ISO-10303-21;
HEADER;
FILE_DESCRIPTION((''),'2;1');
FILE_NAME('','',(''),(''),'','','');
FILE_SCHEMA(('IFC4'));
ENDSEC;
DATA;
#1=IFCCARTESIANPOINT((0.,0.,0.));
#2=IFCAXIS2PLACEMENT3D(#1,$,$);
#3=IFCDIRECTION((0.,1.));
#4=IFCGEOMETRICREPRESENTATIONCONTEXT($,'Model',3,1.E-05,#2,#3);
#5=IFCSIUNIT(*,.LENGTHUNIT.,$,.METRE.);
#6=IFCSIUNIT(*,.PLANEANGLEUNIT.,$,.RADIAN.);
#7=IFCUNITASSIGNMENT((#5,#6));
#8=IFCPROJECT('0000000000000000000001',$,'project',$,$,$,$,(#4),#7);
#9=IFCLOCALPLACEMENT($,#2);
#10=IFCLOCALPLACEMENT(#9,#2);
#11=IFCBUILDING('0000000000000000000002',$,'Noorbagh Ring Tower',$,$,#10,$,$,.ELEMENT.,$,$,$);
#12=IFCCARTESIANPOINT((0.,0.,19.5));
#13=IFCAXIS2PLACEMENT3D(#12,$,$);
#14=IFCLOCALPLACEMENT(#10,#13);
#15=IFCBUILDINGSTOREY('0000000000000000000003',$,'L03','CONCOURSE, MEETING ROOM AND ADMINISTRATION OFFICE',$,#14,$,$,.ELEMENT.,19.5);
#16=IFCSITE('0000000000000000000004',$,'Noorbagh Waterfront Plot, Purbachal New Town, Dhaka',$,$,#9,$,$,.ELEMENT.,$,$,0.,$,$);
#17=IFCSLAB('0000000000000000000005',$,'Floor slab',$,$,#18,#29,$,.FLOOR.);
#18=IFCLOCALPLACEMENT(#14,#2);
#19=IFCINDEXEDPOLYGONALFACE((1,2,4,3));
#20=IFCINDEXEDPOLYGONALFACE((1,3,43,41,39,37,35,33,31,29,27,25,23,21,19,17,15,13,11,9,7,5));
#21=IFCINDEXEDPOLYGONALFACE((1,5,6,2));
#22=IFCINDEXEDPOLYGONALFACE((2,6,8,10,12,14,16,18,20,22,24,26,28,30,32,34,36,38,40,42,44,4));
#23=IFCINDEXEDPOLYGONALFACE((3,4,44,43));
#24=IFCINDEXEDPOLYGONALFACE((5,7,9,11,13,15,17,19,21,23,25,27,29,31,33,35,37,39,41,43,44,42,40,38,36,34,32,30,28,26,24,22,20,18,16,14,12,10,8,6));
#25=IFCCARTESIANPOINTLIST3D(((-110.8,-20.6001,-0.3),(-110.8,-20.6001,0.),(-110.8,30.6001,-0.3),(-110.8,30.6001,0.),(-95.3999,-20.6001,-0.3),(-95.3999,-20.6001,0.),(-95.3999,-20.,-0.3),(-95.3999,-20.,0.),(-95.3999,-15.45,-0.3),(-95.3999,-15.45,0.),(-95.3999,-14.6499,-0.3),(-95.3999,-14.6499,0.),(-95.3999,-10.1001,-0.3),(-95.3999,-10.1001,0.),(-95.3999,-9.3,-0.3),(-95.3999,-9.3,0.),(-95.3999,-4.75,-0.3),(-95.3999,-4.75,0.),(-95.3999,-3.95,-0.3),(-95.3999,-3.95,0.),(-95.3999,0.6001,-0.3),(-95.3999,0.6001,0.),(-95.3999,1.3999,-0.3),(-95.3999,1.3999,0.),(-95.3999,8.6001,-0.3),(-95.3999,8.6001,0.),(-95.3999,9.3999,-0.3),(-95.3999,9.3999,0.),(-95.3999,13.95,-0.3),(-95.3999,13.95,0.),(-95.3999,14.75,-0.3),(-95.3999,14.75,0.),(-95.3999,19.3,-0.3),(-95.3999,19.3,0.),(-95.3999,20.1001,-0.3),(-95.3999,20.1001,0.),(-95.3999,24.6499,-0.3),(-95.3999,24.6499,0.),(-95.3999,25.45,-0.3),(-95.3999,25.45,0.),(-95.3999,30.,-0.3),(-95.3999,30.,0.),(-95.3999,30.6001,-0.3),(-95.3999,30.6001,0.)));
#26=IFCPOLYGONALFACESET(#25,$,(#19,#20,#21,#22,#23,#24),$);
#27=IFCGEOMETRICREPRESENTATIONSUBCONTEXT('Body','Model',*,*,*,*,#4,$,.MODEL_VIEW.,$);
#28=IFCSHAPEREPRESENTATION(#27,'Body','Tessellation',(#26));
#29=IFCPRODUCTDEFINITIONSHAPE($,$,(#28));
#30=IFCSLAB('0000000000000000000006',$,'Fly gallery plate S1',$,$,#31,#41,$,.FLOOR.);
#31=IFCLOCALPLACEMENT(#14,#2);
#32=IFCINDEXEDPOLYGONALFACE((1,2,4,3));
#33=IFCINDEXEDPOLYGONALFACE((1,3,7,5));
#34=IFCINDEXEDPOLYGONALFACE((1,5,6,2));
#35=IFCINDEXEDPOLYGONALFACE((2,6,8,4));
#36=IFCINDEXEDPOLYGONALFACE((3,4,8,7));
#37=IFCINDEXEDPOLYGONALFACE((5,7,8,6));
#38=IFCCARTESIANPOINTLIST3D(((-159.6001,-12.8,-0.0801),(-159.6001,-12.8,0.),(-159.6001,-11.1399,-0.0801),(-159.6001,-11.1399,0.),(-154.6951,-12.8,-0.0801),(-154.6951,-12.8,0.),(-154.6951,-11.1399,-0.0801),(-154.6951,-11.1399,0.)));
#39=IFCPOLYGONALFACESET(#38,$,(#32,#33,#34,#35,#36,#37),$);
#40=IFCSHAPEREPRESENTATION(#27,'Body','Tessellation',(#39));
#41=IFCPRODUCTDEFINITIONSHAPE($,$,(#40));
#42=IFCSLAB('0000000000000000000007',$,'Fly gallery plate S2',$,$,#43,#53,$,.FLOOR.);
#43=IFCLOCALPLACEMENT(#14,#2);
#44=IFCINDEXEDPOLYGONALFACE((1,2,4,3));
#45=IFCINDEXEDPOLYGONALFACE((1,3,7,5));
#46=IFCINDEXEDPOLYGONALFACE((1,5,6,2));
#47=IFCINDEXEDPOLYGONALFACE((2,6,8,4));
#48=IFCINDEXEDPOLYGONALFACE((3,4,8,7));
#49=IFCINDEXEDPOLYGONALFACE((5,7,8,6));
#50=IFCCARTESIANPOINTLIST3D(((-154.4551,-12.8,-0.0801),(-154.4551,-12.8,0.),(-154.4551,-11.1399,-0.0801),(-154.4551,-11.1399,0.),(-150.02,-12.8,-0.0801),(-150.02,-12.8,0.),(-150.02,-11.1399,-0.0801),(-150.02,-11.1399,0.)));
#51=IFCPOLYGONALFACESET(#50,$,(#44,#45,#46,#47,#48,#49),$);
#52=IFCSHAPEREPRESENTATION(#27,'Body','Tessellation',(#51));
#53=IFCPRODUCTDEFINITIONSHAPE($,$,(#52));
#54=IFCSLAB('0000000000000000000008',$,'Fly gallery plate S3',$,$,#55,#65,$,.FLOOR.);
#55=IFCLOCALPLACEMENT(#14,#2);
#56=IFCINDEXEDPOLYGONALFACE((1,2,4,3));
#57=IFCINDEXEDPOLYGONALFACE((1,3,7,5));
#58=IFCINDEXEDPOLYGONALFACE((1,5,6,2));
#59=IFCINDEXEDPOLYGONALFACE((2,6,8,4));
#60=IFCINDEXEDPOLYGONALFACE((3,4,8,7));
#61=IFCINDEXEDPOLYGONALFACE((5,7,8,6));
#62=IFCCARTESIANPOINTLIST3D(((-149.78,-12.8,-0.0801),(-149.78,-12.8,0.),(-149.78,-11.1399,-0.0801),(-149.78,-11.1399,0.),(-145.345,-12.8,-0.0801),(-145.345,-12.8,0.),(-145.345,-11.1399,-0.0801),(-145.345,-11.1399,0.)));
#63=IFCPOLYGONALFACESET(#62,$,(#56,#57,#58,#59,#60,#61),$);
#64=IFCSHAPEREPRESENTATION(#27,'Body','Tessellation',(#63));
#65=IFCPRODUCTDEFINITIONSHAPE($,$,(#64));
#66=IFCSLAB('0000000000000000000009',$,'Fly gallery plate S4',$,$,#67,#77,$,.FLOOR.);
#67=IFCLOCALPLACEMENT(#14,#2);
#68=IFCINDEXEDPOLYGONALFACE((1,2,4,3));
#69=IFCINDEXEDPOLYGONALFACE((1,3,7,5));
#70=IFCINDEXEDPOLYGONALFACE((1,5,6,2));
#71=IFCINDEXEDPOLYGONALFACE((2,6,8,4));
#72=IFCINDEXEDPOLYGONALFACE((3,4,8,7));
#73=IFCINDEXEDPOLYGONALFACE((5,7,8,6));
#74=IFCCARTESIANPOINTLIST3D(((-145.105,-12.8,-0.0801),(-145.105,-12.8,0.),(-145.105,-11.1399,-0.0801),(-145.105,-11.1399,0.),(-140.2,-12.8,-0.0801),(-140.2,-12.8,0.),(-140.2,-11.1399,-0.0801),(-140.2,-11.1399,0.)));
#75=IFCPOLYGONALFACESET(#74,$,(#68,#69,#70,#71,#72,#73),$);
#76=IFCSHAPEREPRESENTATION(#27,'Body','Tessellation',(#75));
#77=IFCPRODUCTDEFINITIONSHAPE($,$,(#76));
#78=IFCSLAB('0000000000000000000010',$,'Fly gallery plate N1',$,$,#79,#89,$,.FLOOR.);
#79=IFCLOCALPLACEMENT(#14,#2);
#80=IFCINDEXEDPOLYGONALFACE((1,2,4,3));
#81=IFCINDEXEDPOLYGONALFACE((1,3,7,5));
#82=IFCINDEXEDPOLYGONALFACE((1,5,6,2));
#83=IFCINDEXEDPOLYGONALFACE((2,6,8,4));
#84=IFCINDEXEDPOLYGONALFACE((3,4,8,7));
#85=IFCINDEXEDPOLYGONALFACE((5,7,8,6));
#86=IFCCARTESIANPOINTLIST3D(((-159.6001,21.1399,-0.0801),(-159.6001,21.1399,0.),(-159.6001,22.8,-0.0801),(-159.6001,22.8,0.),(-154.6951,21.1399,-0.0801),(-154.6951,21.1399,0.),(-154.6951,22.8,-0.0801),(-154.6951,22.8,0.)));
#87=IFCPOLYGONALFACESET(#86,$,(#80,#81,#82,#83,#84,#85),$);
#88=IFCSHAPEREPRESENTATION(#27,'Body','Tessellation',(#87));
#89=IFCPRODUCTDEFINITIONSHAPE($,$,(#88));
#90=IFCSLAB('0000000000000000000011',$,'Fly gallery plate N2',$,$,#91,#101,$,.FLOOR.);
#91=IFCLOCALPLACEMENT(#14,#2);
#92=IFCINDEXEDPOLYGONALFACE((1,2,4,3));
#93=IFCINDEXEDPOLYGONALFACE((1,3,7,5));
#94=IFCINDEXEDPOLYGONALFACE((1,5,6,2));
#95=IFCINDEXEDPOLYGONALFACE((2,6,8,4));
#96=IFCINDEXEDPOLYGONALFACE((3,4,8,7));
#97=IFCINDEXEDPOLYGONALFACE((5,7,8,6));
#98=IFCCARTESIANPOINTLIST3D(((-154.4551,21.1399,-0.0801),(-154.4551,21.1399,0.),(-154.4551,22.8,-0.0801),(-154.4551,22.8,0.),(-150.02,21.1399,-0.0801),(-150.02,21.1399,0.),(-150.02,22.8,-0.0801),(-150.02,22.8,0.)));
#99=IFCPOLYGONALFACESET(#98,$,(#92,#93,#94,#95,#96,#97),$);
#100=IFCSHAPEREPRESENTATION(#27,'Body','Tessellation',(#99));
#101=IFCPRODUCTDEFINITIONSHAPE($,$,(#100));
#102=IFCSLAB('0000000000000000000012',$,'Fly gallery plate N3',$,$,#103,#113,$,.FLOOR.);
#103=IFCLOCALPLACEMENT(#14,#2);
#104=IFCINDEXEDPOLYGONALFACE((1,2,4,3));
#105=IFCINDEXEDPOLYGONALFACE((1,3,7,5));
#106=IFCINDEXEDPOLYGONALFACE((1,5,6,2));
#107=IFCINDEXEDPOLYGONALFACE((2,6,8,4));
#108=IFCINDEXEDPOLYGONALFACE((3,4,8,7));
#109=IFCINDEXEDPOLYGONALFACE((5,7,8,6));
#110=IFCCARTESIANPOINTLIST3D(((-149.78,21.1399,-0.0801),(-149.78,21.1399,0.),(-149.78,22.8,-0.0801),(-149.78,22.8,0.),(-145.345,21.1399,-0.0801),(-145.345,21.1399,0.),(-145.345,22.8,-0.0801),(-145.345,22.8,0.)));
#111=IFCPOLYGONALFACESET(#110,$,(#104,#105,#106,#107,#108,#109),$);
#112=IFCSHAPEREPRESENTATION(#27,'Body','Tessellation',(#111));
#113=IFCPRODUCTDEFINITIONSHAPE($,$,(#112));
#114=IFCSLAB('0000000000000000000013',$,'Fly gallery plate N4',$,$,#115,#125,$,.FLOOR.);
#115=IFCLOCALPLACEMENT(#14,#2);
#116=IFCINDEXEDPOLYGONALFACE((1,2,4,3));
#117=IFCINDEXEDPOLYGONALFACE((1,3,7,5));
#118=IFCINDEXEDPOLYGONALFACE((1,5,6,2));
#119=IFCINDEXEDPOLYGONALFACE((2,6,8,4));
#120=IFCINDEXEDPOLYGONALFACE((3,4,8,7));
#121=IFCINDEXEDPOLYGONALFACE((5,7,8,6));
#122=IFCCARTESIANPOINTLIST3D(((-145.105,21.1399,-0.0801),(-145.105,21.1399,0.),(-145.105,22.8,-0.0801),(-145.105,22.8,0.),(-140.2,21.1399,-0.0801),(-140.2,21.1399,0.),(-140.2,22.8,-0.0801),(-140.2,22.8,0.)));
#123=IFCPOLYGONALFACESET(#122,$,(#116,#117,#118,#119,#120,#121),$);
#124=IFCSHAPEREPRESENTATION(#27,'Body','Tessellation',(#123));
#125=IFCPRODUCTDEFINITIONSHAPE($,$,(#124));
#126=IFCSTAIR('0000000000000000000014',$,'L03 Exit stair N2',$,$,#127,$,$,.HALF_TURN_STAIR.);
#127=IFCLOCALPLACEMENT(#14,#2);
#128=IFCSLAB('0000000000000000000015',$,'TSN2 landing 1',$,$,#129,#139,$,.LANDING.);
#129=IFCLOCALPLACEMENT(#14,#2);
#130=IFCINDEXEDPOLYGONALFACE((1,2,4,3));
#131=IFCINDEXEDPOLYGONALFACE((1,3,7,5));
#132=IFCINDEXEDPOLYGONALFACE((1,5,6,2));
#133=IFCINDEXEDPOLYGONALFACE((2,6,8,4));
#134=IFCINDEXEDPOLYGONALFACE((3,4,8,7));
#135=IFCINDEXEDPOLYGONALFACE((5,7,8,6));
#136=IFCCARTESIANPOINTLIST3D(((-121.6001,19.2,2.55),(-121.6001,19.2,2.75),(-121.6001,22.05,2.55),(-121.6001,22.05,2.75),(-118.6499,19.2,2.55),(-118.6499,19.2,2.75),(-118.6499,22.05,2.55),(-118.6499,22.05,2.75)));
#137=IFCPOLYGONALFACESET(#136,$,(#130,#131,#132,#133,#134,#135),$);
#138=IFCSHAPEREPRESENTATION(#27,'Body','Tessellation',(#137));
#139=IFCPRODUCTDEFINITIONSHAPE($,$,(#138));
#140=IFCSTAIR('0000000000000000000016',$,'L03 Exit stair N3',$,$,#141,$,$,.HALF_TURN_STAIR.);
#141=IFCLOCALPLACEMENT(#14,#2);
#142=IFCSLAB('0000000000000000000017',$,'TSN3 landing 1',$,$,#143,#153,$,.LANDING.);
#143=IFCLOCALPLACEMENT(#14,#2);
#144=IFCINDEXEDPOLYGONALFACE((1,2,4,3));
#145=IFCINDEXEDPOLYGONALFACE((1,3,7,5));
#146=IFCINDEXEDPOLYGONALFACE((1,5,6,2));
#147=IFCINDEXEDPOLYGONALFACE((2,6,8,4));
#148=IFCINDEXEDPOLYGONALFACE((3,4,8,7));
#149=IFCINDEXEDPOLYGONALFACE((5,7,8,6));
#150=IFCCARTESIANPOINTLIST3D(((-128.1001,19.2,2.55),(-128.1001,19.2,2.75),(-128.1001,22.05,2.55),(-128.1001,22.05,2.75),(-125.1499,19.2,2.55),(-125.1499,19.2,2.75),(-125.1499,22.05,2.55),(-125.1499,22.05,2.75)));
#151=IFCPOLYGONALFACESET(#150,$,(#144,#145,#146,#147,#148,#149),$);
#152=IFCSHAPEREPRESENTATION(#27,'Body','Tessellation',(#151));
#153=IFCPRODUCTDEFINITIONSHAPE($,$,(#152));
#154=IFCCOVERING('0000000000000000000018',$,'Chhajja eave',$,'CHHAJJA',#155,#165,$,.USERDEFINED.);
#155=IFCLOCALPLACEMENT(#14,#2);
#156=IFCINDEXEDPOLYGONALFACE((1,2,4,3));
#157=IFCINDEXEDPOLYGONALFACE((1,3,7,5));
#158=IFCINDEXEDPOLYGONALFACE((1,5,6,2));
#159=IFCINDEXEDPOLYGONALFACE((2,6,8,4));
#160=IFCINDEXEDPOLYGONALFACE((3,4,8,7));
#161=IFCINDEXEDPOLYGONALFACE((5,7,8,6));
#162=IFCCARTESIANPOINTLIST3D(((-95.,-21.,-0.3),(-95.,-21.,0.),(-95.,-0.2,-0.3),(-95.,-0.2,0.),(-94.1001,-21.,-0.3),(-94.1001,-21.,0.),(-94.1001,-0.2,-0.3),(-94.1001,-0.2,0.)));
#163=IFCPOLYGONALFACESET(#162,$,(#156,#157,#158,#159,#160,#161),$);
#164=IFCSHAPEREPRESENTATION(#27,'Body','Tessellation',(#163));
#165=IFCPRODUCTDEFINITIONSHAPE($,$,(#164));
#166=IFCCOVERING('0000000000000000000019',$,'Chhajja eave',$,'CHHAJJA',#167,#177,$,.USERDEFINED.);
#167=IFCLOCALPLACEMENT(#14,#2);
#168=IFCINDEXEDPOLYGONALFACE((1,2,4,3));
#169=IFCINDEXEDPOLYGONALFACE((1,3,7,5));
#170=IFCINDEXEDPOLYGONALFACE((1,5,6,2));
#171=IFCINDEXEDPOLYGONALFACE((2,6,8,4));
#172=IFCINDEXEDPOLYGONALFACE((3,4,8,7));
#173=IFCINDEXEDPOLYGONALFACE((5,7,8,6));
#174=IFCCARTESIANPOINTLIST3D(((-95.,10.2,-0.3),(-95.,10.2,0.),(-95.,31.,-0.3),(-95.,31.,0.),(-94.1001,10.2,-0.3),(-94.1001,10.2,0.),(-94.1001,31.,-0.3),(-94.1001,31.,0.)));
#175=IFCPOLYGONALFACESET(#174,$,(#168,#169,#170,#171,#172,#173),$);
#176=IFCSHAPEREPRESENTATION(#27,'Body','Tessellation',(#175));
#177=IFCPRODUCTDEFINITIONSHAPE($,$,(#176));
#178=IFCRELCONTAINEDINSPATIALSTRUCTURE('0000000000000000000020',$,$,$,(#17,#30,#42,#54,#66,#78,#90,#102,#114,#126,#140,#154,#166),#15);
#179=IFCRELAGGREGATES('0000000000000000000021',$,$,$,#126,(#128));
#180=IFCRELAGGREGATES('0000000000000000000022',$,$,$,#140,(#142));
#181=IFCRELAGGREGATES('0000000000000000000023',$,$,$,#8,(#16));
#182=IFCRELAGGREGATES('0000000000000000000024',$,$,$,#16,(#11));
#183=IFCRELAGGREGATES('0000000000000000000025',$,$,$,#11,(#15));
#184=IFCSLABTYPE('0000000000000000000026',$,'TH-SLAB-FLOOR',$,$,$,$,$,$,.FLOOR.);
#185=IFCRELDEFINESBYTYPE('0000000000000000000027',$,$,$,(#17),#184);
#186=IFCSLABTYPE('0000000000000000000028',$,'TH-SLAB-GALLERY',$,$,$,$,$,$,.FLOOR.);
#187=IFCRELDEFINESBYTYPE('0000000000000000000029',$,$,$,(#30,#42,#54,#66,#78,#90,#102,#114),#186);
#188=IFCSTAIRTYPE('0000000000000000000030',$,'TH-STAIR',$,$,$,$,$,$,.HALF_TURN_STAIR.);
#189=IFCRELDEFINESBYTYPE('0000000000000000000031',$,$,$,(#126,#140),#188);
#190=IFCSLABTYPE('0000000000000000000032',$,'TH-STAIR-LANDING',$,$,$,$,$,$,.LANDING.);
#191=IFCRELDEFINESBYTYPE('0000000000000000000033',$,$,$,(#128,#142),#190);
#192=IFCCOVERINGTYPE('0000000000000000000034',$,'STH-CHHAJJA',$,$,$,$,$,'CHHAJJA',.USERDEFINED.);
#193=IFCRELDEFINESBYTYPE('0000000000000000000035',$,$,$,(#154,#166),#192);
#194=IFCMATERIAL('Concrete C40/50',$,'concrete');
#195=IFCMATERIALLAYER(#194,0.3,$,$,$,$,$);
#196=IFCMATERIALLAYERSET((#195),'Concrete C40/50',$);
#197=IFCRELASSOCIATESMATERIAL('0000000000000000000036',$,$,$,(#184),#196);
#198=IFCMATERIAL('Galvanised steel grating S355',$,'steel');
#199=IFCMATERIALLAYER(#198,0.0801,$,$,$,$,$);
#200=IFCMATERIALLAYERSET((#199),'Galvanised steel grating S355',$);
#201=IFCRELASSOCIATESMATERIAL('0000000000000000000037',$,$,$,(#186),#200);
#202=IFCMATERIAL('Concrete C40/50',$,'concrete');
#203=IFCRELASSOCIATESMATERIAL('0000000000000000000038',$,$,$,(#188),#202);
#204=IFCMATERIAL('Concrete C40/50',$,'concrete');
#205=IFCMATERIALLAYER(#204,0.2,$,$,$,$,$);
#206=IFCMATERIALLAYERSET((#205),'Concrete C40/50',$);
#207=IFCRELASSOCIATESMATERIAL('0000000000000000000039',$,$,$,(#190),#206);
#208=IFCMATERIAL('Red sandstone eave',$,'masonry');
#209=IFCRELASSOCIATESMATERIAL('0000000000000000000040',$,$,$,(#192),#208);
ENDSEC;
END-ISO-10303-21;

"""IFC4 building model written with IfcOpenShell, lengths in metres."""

from ifc_helpers import new_model, si_unit, direction, frame, origin, place, context, subcontext, project, spatial, polyline, outline, extrude, material, layer, layer_set, type_object, element, aggregate, save


model = new_model("IFC4")

# Units and contexts
model_context = context("Model", 3, precision=1e-05, world=origin(), true_north=direction((0.0, 1.0)))
body_context = subcontext(model_context, "Body", "Model", "MODEL_VIEW")
ifc_project = project(units=[si_unit("LENGTHUNIT", "METRE"), si_unit("PLANEANGLEUNIT", "RADIAN")], contexts=[model_context])

# Site, building, storey
site_placement = place(None, origin())
site = spatial("IfcSite", under=ifc_project, at=site_placement, Name="Noorbagh Waterfront Plot, Purbachal New Town, Dhaka", CompositionType="ELEMENT", RefElevation=0.0)
building_placement = place(site_placement, origin())
building = spatial("IfcBuilding", under=site, at=building_placement, Name="Noorbagh Ring Tower", CompositionType="ELEMENT")
storey_placement = place(building_placement, frame((0.0, 0.0, 19.5)))
storey = spatial("IfcBuildingStorey", under=building, at=storey_placement, Name="L03", Description="CONCOURSE, MEETING ROOM AND ADMINISTRATION OFFICE", CompositionType="ELEMENT", Elevation=19.5)

# Slabs
ifc_material_1 = material(Name="Concrete C40/50", Category="concrete")
ifc_layer_1 = layer(ifc_material_1, 0.3)
ifc_layer_set_1 = layer_set([ifc_layer_1], Name="Concrete C40/50")
slab_type_1 = type_object("IfcSlabType", Name="TH-SLAB-FLOOR", PredefinedType="FLOOR", material=ifc_layer_set_1)
slab_1_placement = place(storey_placement, frame((0.0, 0.0, -0.3)))
element("IfcSlab", 1, at=slab_1_placement, inside=storey, type_object=slab_type_1, Name="Floor slab", PredefinedType="FLOOR", context=body_context, shape_type="SweptSolid", body=[
    extrude(outline(polyline([(-95.3999, 19.3), (-95.3999, 20.1001), (-95.3999, 24.6499), (-95.3999, 25.45), (-95.3999, 30.0), (-95.3999, 30.6001), (-110.8, 30.6001), (-110.8, -20.6001), (-95.3999, -20.6001), (-95.3999, -20.0), (-95.3999, -15.45), (-95.3999, -14.6499), (-95.3999, -10.1001), (-95.3999, -9.3), (-95.3999, -4.75), (-95.3999, -3.95), (-95.3999, 0.6001), (-95.3999, 1.3999), (-95.3999, 8.6001), (-95.3999, 9.3999), (-95.3999, 13.95), (-95.3999, 14.75), (-95.3999, 19.3)])), origin(), (0.0, 0.0, 1.0), 0.3),
])
ifc_material_2 = material(Name="Galvanised steel grating S355", Category="steel")
ifc_layer_2 = layer(ifc_material_2, 0.0801)
ifc_layer_set_2 = layer_set([ifc_layer_2], Name="Galvanised steel grating S355")
slab_type_2 = type_object("IfcSlabType", Name="TH-SLAB-GALLERY", PredefinedType="FLOOR", material=ifc_layer_set_2)
slab_2_placement = place(storey_placement, frame((0.0, 0.0, -0.0801)))
element("IfcSlab", 2, at=slab_2_placement, inside=storey, type_object=slab_type_2, Name="Fly gallery plate S1", PredefinedType="FLOOR", context=body_context, shape_type="SweptSolid", body=[
    extrude(outline(polyline([(-159.6001, -12.8), (-154.6951, -12.8), (-154.6951, -11.1399), (-159.6001, -11.1399), (-159.6001, -12.8)])), origin(), (0.0, 0.0, 1.0), 0.0801),
])
slab_3_placement = place(storey_placement, frame((0.0, 0.0, -0.0801)))
element("IfcSlab", 3, at=slab_3_placement, inside=storey, type_object=slab_type_2, Name="Fly gallery plate S2", PredefinedType="FLOOR", context=body_context, shape_type="SweptSolid", body=[
    extrude(outline(polyline([(-154.4551, -12.8), (-150.02, -12.8), (-150.02, -11.1399), (-154.4551, -11.1399), (-154.4551, -12.8)])), origin(), (0.0, 0.0, 1.0), 0.0801),
])
slab_4_placement = place(storey_placement, frame((0.0, 0.0, -0.0801)))
element("IfcSlab", 4, at=slab_4_placement, inside=storey, type_object=slab_type_2, Name="Fly gallery plate S3", PredefinedType="FLOOR", context=body_context, shape_type="SweptSolid", body=[
    extrude(outline(polyline([(-149.78, -12.8), (-145.345, -12.8), (-145.345, -11.1399), (-149.78, -11.1399), (-149.78, -12.8)])), origin(), (0.0, 0.0, 1.0), 0.0801),
])
slab_5_placement = place(storey_placement, frame((0.0, 0.0, -0.0801)))
element("IfcSlab", 5, at=slab_5_placement, inside=storey, type_object=slab_type_2, Name="Fly gallery plate S4", PredefinedType="FLOOR", context=body_context, shape_type="SweptSolid", body=[
    extrude(outline(polyline([(-145.105, -12.8), (-140.2, -12.8), (-140.2, -11.1399), (-145.105, -11.1399), (-145.105, -12.8)])), origin(), (0.0, 0.0, 1.0), 0.0801),
])
slab_6_placement = place(storey_placement, frame((0.0, 0.0, -0.0801)))
element("IfcSlab", 6, at=slab_6_placement, inside=storey, type_object=slab_type_2, Name="Fly gallery plate N1", PredefinedType="FLOOR", context=body_context, shape_type="SweptSolid", body=[
    extrude(outline(polyline([(-159.6001, 21.1399), (-154.6951, 21.1399), (-154.6951, 22.8), (-159.6001, 22.8), (-159.6001, 21.1399)])), origin(), (0.0, 0.0, 1.0), 0.0801),
])
slab_7_placement = place(storey_placement, frame((0.0, 0.0, -0.0801)))
element("IfcSlab", 7, at=slab_7_placement, inside=storey, type_object=slab_type_2, Name="Fly gallery plate N2", PredefinedType="FLOOR", context=body_context, shape_type="SweptSolid", body=[
    extrude(outline(polyline([(-154.4551, 21.1399), (-150.02, 21.1399), (-150.02, 22.8), (-154.4551, 22.8), (-154.4551, 21.1399)])), origin(), (0.0, 0.0, 1.0), 0.0801),
])
slab_8_placement = place(storey_placement, frame((0.0, 0.0, -0.0801)))
element("IfcSlab", 8, at=slab_8_placement, inside=storey, type_object=slab_type_2, Name="Fly gallery plate N3", PredefinedType="FLOOR", context=body_context, shape_type="SweptSolid", body=[
    extrude(outline(polyline([(-149.78, 21.1399), (-145.345, 21.1399), (-145.345, 22.8), (-149.78, 22.8), (-149.78, 21.1399)])), origin(), (0.0, 0.0, 1.0), 0.0801),
])
slab_9_placement = place(storey_placement, frame((0.0, 0.0, -0.0801)))
element("IfcSlab", 9, at=slab_9_placement, inside=storey, type_object=slab_type_2, Name="Fly gallery plate N4", PredefinedType="FLOOR", context=body_context, shape_type="SweptSolid", body=[
    extrude(outline(polyline([(-145.105, 21.1399), (-140.2, 21.1399), (-140.2, 22.8), (-145.105, 22.8), (-145.105, 21.1399)])), origin(), (0.0, 0.0, 1.0), 0.0801),
])

# Stairs, slabs
ifc_material_3 = material(Name="Concrete C40/50", Category="concrete")
stair_type = type_object("IfcStairType", Name="TH-STAIR", PredefinedType="HALF_TURN_STAIR", material=ifc_material_3)
stair_1_placement = place(storey_placement, origin())
stair_1 = element("IfcStair", 10, at=stair_1_placement, inside=storey, type_object=stair_type, Name="L03 Exit stair N2", PredefinedType="HALF_TURN_STAIR")
ifc_material_4 = material(Name="Concrete C40/50", Category="concrete")
ifc_layer_3 = layer(ifc_material_4, 0.2)
ifc_layer_set_3 = layer_set([ifc_layer_3], Name="Concrete C40/50")
slab_type_3 = type_object("IfcSlabType", Name="TH-STAIR-LANDING", PredefinedType="LANDING", material=ifc_layer_set_3)
slab_10_placement = place(storey_placement, frame((0.0, 0.0, 2.55)))
slab_10 = element("IfcSlab", 11, at=slab_10_placement, type_object=slab_type_3, Name="TSN2 landing 1", PredefinedType="LANDING", context=body_context, shape_type="SweptSolid", body=[
    extrude(outline(polyline([(-121.6001, 22.05), (-121.6001, 19.2), (-118.6499, 19.2), (-118.6499, 22.05), (-121.6001, 22.05)])), origin(), (0.0, 0.0, 1.0), 0.2),
])
aggregate(stair_1, [slab_10])
stair_2_placement = place(storey_placement, origin())
stair_2 = element("IfcStair", 12, at=stair_2_placement, inside=storey, type_object=stair_type, Name="L03 Exit stair N3", PredefinedType="HALF_TURN_STAIR")
slab_11_placement = place(storey_placement, frame((0.0, 0.0, 2.55)))
slab_11 = element("IfcSlab", 13, at=slab_11_placement, type_object=slab_type_3, Name="TSN3 landing 1", PredefinedType="LANDING", context=body_context, shape_type="SweptSolid", body=[
    extrude(outline(polyline([(-128.1001, 22.05), (-128.1001, 19.2), (-125.1499, 19.2), (-125.1499, 22.05), (-128.1001, 22.05)])), origin(), (0.0, 0.0, 1.0), 0.2),
])
aggregate(stair_2, [slab_11])

# Coverings
ifc_material_5 = material(Name="Red sandstone eave", Category="masonry")
covering_type = type_object("IfcCoveringType", Name="STH-CHHAJJA", ElementType="CHHAJJA", PredefinedType="USERDEFINED", material=ifc_material_5)
covering_1_placement = place(storey_placement, frame((0.0, 0.0, -0.3)))
element("IfcCovering", 14, at=covering_1_placement, inside=storey, type_object=covering_type, Name="Chhajja eave", ObjectType="CHHAJJA", PredefinedType="USERDEFINED", context=body_context, shape_type="SweptSolid", body=[
    extrude(outline(polyline([(-95.0, -21.0), (-95.0, -0.2), (-94.1001, -0.2), (-94.1001, -21.0), (-95.0, -21.0)])), origin(), (0.0, 0.0, 1.0), 0.3),
])
covering_2_placement = place(storey_placement, frame((0.0, 0.0, -0.3)))
element("IfcCovering", 15, at=covering_2_placement, inside=storey, type_object=covering_type, Name="Chhajja eave", ObjectType="CHHAJJA", PredefinedType="USERDEFINED", context=body_context, shape_type="SweptSolid", body=[
    extrude(outline(polyline([(-95.0, 10.2), (-95.0, 31.0), (-94.1001, 31.0), (-94.1001, 10.2), (-95.0, 10.2)])), origin(), (0.0, 0.0, 1.0), 0.3),
])

save(model, "model.ifc")
